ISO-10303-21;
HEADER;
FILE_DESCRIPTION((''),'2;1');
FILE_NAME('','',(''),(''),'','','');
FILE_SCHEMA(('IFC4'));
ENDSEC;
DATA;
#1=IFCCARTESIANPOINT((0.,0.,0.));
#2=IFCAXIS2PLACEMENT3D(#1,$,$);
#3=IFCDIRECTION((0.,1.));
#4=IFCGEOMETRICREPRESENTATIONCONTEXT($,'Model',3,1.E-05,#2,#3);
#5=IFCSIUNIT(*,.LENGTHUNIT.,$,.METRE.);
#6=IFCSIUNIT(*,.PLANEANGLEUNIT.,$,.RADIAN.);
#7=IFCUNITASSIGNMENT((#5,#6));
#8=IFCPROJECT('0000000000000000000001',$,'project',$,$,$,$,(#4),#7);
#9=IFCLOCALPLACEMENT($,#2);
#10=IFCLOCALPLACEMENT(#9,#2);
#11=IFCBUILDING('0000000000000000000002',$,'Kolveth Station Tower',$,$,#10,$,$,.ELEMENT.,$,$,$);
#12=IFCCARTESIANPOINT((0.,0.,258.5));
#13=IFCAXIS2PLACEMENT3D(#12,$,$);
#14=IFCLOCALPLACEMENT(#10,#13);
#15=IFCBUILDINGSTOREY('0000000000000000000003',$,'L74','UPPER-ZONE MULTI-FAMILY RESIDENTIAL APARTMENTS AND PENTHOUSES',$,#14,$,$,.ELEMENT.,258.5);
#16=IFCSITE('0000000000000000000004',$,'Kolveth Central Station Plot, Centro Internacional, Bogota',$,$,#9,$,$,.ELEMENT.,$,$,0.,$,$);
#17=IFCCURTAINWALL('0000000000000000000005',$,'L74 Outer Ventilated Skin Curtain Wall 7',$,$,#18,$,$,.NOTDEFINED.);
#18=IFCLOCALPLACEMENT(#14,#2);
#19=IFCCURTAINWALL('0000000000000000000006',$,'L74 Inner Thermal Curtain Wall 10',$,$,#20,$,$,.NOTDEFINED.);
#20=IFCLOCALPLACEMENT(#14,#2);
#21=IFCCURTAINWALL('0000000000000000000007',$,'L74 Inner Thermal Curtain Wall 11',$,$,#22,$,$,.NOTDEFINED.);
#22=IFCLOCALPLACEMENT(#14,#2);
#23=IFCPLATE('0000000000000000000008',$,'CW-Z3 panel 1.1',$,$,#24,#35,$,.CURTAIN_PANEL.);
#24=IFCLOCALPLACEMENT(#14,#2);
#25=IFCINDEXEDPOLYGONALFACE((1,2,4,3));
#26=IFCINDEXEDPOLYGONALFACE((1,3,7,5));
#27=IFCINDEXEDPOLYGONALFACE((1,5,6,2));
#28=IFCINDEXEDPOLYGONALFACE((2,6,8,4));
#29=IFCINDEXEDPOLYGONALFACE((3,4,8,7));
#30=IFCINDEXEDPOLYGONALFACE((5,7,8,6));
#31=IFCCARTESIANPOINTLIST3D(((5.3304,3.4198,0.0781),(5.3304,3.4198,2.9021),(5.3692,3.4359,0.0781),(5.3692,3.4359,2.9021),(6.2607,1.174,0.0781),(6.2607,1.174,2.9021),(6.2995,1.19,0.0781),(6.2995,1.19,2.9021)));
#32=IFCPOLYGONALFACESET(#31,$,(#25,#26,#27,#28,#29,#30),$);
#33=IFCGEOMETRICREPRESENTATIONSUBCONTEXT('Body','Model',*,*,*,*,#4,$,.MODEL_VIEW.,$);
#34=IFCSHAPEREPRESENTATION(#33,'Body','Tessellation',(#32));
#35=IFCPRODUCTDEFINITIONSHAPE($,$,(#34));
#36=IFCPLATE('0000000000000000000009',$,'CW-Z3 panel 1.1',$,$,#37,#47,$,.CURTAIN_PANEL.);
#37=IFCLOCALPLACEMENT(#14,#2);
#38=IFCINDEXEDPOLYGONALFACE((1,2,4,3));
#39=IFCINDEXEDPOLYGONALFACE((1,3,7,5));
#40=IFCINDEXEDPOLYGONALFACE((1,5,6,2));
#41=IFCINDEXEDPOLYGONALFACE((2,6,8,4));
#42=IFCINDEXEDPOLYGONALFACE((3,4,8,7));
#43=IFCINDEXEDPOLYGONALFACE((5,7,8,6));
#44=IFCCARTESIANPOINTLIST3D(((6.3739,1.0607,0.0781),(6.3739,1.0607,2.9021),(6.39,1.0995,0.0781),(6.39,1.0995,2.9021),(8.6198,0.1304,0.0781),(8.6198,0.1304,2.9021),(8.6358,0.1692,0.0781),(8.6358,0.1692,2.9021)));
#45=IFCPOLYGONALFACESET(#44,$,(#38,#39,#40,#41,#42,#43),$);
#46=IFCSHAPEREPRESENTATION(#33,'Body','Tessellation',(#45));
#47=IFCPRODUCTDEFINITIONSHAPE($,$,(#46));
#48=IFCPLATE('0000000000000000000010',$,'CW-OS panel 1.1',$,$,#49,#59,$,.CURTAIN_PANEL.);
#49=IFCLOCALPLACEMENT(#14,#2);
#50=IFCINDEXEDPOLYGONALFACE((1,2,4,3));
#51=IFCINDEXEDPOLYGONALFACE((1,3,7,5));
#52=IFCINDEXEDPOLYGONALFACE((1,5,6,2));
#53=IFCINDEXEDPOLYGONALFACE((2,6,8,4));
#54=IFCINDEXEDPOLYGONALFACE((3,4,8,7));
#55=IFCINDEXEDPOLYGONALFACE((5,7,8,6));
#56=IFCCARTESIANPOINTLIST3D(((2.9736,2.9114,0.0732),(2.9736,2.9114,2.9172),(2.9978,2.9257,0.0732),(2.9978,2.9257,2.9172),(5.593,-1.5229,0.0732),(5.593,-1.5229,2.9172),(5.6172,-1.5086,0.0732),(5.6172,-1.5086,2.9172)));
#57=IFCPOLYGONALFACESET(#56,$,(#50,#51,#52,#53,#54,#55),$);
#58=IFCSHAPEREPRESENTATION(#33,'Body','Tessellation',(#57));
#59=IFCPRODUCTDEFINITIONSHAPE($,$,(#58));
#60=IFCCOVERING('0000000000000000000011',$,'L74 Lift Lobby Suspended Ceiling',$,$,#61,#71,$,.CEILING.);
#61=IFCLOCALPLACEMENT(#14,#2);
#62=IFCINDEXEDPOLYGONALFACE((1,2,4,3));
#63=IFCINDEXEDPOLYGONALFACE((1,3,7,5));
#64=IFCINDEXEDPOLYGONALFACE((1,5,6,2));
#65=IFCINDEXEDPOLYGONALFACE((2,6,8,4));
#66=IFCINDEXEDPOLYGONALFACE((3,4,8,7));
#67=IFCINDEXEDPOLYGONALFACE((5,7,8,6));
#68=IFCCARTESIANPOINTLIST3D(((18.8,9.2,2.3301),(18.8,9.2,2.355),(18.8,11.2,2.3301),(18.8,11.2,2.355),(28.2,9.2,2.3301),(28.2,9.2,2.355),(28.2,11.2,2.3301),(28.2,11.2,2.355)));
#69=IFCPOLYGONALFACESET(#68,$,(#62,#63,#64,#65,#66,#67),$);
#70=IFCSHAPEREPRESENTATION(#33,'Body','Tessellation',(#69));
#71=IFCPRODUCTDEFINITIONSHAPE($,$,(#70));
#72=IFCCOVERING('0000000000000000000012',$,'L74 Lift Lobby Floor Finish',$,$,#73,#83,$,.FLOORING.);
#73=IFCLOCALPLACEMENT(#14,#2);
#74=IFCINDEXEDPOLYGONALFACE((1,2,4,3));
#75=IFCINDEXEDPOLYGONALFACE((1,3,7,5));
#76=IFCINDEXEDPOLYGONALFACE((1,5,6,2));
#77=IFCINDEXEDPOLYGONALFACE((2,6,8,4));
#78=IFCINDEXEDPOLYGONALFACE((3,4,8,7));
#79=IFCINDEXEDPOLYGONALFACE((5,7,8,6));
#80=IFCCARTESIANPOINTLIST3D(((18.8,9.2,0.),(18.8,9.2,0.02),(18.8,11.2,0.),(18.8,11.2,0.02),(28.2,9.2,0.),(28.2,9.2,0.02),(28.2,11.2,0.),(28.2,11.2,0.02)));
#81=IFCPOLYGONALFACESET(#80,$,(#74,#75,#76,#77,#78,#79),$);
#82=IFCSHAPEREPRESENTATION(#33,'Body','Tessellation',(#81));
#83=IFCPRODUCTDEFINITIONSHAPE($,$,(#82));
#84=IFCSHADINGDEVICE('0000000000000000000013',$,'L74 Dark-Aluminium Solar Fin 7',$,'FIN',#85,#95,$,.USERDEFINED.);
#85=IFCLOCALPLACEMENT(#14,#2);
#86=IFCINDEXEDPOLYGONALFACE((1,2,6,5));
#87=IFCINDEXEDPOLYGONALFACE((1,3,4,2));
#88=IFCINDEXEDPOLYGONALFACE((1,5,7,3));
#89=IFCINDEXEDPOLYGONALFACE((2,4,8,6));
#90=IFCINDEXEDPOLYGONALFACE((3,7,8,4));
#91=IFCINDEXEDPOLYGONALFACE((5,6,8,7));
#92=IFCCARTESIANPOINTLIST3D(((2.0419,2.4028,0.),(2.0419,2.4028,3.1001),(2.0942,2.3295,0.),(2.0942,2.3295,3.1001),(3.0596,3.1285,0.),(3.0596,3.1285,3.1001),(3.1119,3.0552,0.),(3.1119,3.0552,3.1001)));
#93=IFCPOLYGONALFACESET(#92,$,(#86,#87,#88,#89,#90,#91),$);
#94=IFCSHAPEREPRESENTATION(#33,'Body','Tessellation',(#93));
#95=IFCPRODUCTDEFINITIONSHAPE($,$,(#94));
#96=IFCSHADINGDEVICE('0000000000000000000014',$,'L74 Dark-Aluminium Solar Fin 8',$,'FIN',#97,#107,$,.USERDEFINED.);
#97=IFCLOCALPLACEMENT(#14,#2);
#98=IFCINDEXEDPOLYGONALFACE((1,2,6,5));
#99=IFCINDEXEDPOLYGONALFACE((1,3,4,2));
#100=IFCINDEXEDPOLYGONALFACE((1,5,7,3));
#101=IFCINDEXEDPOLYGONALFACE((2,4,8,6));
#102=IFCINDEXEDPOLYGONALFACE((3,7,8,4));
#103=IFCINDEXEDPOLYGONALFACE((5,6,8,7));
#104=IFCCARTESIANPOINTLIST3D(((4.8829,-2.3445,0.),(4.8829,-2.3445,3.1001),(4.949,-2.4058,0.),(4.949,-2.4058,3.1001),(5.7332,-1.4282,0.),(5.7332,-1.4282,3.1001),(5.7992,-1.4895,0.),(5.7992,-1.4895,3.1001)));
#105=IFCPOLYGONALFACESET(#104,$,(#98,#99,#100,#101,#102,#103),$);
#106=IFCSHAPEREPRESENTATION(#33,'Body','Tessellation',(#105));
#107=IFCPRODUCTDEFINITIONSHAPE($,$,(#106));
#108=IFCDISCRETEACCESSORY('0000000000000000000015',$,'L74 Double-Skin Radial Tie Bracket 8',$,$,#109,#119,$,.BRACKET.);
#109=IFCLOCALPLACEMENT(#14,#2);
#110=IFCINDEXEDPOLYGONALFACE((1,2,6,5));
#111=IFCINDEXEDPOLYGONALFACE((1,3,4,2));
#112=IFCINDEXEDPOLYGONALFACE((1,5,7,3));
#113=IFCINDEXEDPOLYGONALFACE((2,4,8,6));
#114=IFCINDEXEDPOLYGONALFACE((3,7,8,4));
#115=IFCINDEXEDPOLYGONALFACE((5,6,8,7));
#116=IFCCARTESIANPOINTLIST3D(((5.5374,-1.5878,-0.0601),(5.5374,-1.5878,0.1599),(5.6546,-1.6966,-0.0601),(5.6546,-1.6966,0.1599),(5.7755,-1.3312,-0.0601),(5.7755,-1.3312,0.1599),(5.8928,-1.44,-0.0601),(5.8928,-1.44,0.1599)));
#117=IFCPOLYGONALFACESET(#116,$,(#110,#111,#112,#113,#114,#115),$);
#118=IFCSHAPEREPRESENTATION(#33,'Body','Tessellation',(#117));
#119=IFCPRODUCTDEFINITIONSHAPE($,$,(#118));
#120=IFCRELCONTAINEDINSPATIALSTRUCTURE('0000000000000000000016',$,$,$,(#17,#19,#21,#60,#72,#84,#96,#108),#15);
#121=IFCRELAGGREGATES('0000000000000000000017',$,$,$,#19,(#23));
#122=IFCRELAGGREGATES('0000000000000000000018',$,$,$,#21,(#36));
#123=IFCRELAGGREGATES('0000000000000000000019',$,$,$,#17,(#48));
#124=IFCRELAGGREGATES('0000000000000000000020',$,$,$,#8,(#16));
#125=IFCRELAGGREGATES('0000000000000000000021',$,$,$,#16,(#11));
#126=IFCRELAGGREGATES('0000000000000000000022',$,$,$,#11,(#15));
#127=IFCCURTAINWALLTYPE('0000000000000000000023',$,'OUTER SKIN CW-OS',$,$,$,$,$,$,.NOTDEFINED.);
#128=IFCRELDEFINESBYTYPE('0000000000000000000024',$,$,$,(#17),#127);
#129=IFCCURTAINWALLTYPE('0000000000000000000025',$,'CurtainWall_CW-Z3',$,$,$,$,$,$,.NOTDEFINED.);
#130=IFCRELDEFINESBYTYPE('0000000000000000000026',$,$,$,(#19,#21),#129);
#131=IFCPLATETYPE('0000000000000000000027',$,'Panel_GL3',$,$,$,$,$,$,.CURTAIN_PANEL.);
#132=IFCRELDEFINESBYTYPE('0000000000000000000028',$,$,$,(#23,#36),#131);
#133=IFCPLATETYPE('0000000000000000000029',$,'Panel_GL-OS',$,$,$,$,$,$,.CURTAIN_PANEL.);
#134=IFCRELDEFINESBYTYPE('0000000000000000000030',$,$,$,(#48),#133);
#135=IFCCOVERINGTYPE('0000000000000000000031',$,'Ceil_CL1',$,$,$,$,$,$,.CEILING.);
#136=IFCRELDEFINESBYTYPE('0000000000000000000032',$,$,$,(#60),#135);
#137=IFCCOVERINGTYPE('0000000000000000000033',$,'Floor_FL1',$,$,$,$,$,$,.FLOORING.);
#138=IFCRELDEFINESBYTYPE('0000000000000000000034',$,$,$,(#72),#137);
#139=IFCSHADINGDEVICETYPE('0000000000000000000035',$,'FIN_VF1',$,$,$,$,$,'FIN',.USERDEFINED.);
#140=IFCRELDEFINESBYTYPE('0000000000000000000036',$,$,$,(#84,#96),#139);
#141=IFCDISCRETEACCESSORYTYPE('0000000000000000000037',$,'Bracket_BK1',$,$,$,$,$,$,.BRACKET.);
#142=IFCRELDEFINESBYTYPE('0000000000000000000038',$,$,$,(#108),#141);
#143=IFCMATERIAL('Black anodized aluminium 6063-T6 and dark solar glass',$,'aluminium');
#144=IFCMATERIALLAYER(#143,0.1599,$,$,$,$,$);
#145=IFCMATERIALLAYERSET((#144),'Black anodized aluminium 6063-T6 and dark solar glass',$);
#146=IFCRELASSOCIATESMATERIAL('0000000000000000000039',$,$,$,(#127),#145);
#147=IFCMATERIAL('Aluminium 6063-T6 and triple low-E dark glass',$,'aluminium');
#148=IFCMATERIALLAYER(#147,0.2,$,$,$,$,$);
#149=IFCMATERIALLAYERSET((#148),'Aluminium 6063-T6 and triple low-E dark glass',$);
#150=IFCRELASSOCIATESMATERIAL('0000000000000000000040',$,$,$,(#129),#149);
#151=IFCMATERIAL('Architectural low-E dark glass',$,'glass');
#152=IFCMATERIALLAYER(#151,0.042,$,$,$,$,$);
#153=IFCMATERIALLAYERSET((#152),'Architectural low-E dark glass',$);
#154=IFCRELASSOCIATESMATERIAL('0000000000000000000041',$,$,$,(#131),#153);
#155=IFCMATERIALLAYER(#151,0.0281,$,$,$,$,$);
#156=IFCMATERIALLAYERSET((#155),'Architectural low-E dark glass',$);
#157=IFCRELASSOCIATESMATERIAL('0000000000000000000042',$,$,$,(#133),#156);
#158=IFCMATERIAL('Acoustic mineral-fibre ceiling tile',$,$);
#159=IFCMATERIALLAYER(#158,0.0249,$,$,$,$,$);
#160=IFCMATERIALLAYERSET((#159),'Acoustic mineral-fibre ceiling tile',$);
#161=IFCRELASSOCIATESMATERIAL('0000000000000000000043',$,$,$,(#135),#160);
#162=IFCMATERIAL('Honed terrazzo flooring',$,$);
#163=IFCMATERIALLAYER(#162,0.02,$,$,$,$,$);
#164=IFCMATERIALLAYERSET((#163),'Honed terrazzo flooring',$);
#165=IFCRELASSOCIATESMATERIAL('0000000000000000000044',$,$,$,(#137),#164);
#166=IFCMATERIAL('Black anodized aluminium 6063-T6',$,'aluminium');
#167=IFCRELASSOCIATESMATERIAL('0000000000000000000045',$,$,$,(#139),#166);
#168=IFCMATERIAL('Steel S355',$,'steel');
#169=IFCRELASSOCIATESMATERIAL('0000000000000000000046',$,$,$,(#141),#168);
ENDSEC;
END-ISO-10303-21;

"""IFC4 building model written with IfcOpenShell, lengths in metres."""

from ifc_helpers import new_model, si_unit, direction, frame, origin, origin_2d, place, context, subcontext, project, spatial, polyline, rectangle, outline, extrude, source, transform, mapped, material, layer, layer_set, type_object, element, aggregate, save


model = new_model("IFC4")

# Units and contexts
model_context = context("Model", 3, precision=1e-05, world=origin(), true_north=direction((0.0, 1.0)))
body_context = subcontext(model_context, "Body", "Model", "MODEL_VIEW")
ifc_project = project(units=[si_unit("LENGTHUNIT", "METRE"), si_unit("PLANEANGLEUNIT", "RADIAN")], contexts=[model_context])

# Site, building, storey
site_placement = place(None, origin())
site = spatial("IfcSite", under=ifc_project, at=site_placement, Name="Kolveth Central Station Plot, Centro Internacional, Bogota", CompositionType="ELEMENT", RefElevation=0.0)
building_placement = place(site_placement, origin())
building = spatial("IfcBuilding", under=site, at=building_placement, Name="Kolveth Station Tower", CompositionType="ELEMENT")
storey_placement = place(building_placement, frame((0.0, 0.0, 258.5)))
storey = spatial("IfcBuildingStorey", under=building, at=storey_placement, Name="L74", Description="UPPER-ZONE MULTI-FAMILY RESIDENTIAL APARTMENTS AND PENTHOUSES", CompositionType="ELEMENT", Elevation=258.5)

# Curtain walls
ifc_material_1 = material(Name="Black anodized aluminium 6063-T6 and dark solar glass", Category="aluminium")
ifc_layer_1 = layer(ifc_material_1, 0.1599)
ifc_layer_set_1 = layer_set([ifc_layer_1], Name="Black anodized aluminium 6063-T6 and dark solar glass")
curtain_wall_type_1 = type_object("IfcCurtainWallType", Name="OUTER SKIN CW-OS", PredefinedType="NOTDEFINED", material=ifc_layer_set_1)
curtain_wall_1_placement = place(storey_placement, origin())
curtain_wall_1 = element("IfcCurtainWall", 1, at=curtain_wall_1_placement, inside=storey, type_object=curtain_wall_type_1, Name="L74 Outer Ventilated Skin Curtain Wall 7", PredefinedType="NOTDEFINED")
ifc_material_2 = material(Name="Black anodized aluminium 6063-T6", Category="aluminium")
ifc_material_3 = material(Name="Aluminium 6063-T6 and triple low-E dark glass", Category="aluminium")
ifc_layer_2 = layer(ifc_material_3, 0.2)
ifc_layer_set_2 = layer_set([ifc_layer_2], Name="Aluminium 6063-T6 and triple low-E dark glass")
curtain_wall_type_2 = type_object("IfcCurtainWallType", Name="CurtainWall_CW-Z3", PredefinedType="NOTDEFINED", material=ifc_layer_set_2)
curtain_wall_2_placement = place(storey_placement, origin())
curtain_wall_2 = element("IfcCurtainWall", 2, at=curtain_wall_2_placement, inside=storey, type_object=curtain_wall_type_2, Name="L74 Inner Thermal Curtain Wall 10", PredefinedType="NOTDEFINED")

# Curtain wall
curtain_wall_3_placement = place(storey_placement, origin())
curtain_wall_3 = element("IfcCurtainWall", 3, at=curtain_wall_3_placement, inside=storey, type_object=curtain_wall_type_2, Name="L74 Inner Thermal Curtain Wall 11", PredefinedType="NOTDEFINED")

# Plates
ifc_material_4 = material(Name="Architectural low-E dark glass", Category="glass")
ifc_layer_3 = layer(ifc_material_4, 0.042)
ifc_layer_set_3 = layer_set([ifc_layer_3], Name="Architectural low-E dark glass")
plate_type_1 = type_object("IfcPlateType", Name="Panel_GL3", PredefinedType="CURTAIN_PANEL", material=ifc_layer_set_3)
shared_shape_1 = source(origin(), body_context, "Body", "SweptSolid", [
    extrude(rectangle(XDim=2.4309, YDim=0.042, at=origin_2d()), origin(), (0.0, 0.0, 1.0), 2.824),
])
plate_1_placement = place(storey_placement, frame((5.8149, 2.3049, 0.0781), z_axis=(0.0, 0.0, 1.0), x_axis=(0.382693, -0.923875, 0.0)))
plate_1 = element("IfcPlate", 4, at=plate_1_placement, type_object=plate_type_1, Name="CW-Z3 panel 1.1", PredefinedType="CURTAIN_PANEL", context=body_context, shape_type="MappedRepresentation", body=[
    mapped(shared_shape_1, transform((0.0, 0.0, 0.0), x_axis=(1.0, 0.0, 0.0), y_axis=(0.0, 1.0, 0.0), z_axis=(0.0, 0.0, 1.0), scale=1.0)),
])
aggregate(curtain_wall_2, [plate_1])
plate_2_placement = place(storey_placement, frame((7.5049, 0.615, 0.0781), z_axis=(0.0, 0.0, 1.0), x_axis=(0.923875, -0.382693, 0.0)))
plate_2 = element("IfcPlate", 5, at=plate_2_placement, type_object=plate_type_1, Name="CW-Z3 panel 1.1", PredefinedType="CURTAIN_PANEL", context=body_context, shape_type="MappedRepresentation", body=[
    mapped(shared_shape_1, transform((0.0, 0.0, 0.0), x_axis=(1.0, 0.0, 0.0), y_axis=(0.0, 1.0, 0.0), z_axis=(0.0, 0.0, 1.0), scale=1.0)),
])
aggregate(curtain_wall_3, [plate_2])
ifc_layer_4 = layer(ifc_material_4, 0.0281)
ifc_layer_set_4 = layer_set([ifc_layer_4], Name="Architectural low-E dark glass")
plate_type_2 = type_object("IfcPlateType", Name="Panel_GL-OS", PredefinedType="CURTAIN_PANEL", material=ifc_layer_set_4)
shared_shape_2 = source(origin(), body_context, "Body", "SweptSolid", [
    extrude(rectangle(XDim=5.1501, YDim=0.0281, at=origin_2d()), origin(), (0.0, 0.0, 1.0), 2.844),
])
plate_3_placement = place(storey_placement, frame((4.2954, 0.7014, 0.0732), z_axis=(0.0, 0.0, 1.0), x_axis=(0.508603, -0.861001, 0.0)))
plate_3 = element("IfcPlate", 6, at=plate_3_placement, type_object=plate_type_2, Name="CW-OS panel 1.1", PredefinedType="CURTAIN_PANEL", context=body_context, shape_type="MappedRepresentation", body=[
    mapped(shared_shape_2, transform((0.0, 0.0, 0.0), x_axis=(1.0, 0.0, 0.0), y_axis=(0.0, 1.0, 0.0), z_axis=(0.0, 0.0, 1.0), scale=1.0)),
])
aggregate(curtain_wall_1, [plate_3])

# Coverings
ifc_material_5 = material(Name="Acoustic mineral-fibre ceiling tile")
ifc_layer_5 = layer(ifc_material_5, 0.0249)
ifc_layer_set_5 = layer_set([ifc_layer_5], Name="Acoustic mineral-fibre ceiling tile")
covering_type_1 = type_object("IfcCoveringType", Name="Ceil_CL1", PredefinedType="CEILING", material=ifc_layer_set_5)
covering_1_placement = place(storey_placement, frame((0.0, 0.0, 2.3301)))
element("IfcCovering", 7, at=covering_1_placement, inside=storey, type_object=covering_type_1, Name="L74 Lift Lobby Suspended Ceiling", PredefinedType="CEILING", context=body_context, shape_type="SweptSolid", body=[
    extrude(outline(polyline([(18.8, 9.2), (28.2, 9.2), (28.2, 11.2), (18.8, 11.2), (18.8, 9.2)])), origin(), (0.0, 0.0, 1.0), 0.0249),
])
ifc_material_6 = material(Name="Honed terrazzo flooring")
ifc_layer_6 = layer(ifc_material_6, 0.02)
ifc_layer_set_6 = layer_set([ifc_layer_6], Name="Honed terrazzo flooring")
covering_type_2 = type_object("IfcCoveringType", Name="Floor_FL1", PredefinedType="FLOORING", material=ifc_layer_set_6)
covering_2_placement = place(storey_placement, origin())
element("IfcCovering", 8, at=covering_2_placement, inside=storey, type_object=covering_type_2, Name="L74 Lift Lobby Floor Finish", PredefinedType="FLOORING", context=body_context, shape_type="SweptSolid", body=[
    extrude(outline(polyline([(18.8, 9.2), (28.2, 9.2), (28.2, 11.2), (18.8, 11.2), (18.8, 9.2)])), origin(), (0.0, 0.0, 1.0), 0.02),
])

# Shading devices
shading_device_type = type_object("IfcShadingDeviceType", Name="FIN_VF1", ElementType="FIN", PredefinedType="USERDEFINED", material=ifc_material_2)
shared_shape_3 = source(origin(), body_context, "Body", "SweptSolid", [
    extrude(rectangle(XDim=1.25, YDim=0.0901, at=origin_2d()), origin(), (0.0, 0.0, 1.0), 3.1001),
])
for number, where, z_axis, x_axis, name in (
    (9, (2.5769, 2.729, 0.0), (0.0, 0.0, 1.0), (-0.814217, -0.580561, 0.0), "L74 Dark-Aluminium Solar Fin 7"),
    (10, (5.3411, -1.917, 0.0), (0.0, 0.0, 1.0), (-0.680209, -0.733018, 0.0), "L74 Dark-Aluminium Solar Fin 8"),
):
    element("IfcShadingDevice", number, at=place(storey_placement, frame(where, z_axis=z_axis, x_axis=x_axis)), inside=storey, type_object=shading_device_type, Name=name, ObjectType="FIN", PredefinedType="USERDEFINED", context=body_context, shape_type="MappedRepresentation", body=[
        mapped(shared_shape_3, transform((0.0, 0.0, 0.0), x_axis=(1.0, 0.0, 0.0), y_axis=(0.0, 1.0, 0.0), z_axis=(0.0, 0.0, 1.0), scale=1.0)),
    ])

# Discrete accessory
ifc_material_7 = material(Name="Steel S355", Category="steel")
discrete_accessory_type = type_object("IfcDiscreteAccessoryType", Name="Bracket_BK1", PredefinedType="BRACKET", material=ifc_material_7)
shared_shape_4 = source(origin(), body_context, "Body", "SweptSolid", [
    extrude(rectangle(XDim=0.3501, YDim=0.1599, at=origin_2d()), origin(), (0.0, 0.0, 1.0), 0.22),
])
discrete_accessory_placement = place(storey_placement, frame((5.7151, -1.5139, -0.0601), z_axis=(0.0, 0.0, 1.0), x_axis=(-0.680209, -0.733018, 0.0)))
element("IfcDiscreteAccessory", 11, at=discrete_accessory_placement, inside=storey, type_object=discrete_accessory_type, Name="L74 Double-Skin Radial Tie Bracket 8", PredefinedType="BRACKET", context=body_context, shape_type="MappedRepresentation", body=[
    mapped(shared_shape_4, transform((0.0, 0.0, 0.0), x_axis=(1.0, 0.0, 0.0), y_axis=(0.0, 1.0, 0.0), z_axis=(0.0, 0.0, 1.0), scale=1.0)),
])

save(model, "model.ifc")
